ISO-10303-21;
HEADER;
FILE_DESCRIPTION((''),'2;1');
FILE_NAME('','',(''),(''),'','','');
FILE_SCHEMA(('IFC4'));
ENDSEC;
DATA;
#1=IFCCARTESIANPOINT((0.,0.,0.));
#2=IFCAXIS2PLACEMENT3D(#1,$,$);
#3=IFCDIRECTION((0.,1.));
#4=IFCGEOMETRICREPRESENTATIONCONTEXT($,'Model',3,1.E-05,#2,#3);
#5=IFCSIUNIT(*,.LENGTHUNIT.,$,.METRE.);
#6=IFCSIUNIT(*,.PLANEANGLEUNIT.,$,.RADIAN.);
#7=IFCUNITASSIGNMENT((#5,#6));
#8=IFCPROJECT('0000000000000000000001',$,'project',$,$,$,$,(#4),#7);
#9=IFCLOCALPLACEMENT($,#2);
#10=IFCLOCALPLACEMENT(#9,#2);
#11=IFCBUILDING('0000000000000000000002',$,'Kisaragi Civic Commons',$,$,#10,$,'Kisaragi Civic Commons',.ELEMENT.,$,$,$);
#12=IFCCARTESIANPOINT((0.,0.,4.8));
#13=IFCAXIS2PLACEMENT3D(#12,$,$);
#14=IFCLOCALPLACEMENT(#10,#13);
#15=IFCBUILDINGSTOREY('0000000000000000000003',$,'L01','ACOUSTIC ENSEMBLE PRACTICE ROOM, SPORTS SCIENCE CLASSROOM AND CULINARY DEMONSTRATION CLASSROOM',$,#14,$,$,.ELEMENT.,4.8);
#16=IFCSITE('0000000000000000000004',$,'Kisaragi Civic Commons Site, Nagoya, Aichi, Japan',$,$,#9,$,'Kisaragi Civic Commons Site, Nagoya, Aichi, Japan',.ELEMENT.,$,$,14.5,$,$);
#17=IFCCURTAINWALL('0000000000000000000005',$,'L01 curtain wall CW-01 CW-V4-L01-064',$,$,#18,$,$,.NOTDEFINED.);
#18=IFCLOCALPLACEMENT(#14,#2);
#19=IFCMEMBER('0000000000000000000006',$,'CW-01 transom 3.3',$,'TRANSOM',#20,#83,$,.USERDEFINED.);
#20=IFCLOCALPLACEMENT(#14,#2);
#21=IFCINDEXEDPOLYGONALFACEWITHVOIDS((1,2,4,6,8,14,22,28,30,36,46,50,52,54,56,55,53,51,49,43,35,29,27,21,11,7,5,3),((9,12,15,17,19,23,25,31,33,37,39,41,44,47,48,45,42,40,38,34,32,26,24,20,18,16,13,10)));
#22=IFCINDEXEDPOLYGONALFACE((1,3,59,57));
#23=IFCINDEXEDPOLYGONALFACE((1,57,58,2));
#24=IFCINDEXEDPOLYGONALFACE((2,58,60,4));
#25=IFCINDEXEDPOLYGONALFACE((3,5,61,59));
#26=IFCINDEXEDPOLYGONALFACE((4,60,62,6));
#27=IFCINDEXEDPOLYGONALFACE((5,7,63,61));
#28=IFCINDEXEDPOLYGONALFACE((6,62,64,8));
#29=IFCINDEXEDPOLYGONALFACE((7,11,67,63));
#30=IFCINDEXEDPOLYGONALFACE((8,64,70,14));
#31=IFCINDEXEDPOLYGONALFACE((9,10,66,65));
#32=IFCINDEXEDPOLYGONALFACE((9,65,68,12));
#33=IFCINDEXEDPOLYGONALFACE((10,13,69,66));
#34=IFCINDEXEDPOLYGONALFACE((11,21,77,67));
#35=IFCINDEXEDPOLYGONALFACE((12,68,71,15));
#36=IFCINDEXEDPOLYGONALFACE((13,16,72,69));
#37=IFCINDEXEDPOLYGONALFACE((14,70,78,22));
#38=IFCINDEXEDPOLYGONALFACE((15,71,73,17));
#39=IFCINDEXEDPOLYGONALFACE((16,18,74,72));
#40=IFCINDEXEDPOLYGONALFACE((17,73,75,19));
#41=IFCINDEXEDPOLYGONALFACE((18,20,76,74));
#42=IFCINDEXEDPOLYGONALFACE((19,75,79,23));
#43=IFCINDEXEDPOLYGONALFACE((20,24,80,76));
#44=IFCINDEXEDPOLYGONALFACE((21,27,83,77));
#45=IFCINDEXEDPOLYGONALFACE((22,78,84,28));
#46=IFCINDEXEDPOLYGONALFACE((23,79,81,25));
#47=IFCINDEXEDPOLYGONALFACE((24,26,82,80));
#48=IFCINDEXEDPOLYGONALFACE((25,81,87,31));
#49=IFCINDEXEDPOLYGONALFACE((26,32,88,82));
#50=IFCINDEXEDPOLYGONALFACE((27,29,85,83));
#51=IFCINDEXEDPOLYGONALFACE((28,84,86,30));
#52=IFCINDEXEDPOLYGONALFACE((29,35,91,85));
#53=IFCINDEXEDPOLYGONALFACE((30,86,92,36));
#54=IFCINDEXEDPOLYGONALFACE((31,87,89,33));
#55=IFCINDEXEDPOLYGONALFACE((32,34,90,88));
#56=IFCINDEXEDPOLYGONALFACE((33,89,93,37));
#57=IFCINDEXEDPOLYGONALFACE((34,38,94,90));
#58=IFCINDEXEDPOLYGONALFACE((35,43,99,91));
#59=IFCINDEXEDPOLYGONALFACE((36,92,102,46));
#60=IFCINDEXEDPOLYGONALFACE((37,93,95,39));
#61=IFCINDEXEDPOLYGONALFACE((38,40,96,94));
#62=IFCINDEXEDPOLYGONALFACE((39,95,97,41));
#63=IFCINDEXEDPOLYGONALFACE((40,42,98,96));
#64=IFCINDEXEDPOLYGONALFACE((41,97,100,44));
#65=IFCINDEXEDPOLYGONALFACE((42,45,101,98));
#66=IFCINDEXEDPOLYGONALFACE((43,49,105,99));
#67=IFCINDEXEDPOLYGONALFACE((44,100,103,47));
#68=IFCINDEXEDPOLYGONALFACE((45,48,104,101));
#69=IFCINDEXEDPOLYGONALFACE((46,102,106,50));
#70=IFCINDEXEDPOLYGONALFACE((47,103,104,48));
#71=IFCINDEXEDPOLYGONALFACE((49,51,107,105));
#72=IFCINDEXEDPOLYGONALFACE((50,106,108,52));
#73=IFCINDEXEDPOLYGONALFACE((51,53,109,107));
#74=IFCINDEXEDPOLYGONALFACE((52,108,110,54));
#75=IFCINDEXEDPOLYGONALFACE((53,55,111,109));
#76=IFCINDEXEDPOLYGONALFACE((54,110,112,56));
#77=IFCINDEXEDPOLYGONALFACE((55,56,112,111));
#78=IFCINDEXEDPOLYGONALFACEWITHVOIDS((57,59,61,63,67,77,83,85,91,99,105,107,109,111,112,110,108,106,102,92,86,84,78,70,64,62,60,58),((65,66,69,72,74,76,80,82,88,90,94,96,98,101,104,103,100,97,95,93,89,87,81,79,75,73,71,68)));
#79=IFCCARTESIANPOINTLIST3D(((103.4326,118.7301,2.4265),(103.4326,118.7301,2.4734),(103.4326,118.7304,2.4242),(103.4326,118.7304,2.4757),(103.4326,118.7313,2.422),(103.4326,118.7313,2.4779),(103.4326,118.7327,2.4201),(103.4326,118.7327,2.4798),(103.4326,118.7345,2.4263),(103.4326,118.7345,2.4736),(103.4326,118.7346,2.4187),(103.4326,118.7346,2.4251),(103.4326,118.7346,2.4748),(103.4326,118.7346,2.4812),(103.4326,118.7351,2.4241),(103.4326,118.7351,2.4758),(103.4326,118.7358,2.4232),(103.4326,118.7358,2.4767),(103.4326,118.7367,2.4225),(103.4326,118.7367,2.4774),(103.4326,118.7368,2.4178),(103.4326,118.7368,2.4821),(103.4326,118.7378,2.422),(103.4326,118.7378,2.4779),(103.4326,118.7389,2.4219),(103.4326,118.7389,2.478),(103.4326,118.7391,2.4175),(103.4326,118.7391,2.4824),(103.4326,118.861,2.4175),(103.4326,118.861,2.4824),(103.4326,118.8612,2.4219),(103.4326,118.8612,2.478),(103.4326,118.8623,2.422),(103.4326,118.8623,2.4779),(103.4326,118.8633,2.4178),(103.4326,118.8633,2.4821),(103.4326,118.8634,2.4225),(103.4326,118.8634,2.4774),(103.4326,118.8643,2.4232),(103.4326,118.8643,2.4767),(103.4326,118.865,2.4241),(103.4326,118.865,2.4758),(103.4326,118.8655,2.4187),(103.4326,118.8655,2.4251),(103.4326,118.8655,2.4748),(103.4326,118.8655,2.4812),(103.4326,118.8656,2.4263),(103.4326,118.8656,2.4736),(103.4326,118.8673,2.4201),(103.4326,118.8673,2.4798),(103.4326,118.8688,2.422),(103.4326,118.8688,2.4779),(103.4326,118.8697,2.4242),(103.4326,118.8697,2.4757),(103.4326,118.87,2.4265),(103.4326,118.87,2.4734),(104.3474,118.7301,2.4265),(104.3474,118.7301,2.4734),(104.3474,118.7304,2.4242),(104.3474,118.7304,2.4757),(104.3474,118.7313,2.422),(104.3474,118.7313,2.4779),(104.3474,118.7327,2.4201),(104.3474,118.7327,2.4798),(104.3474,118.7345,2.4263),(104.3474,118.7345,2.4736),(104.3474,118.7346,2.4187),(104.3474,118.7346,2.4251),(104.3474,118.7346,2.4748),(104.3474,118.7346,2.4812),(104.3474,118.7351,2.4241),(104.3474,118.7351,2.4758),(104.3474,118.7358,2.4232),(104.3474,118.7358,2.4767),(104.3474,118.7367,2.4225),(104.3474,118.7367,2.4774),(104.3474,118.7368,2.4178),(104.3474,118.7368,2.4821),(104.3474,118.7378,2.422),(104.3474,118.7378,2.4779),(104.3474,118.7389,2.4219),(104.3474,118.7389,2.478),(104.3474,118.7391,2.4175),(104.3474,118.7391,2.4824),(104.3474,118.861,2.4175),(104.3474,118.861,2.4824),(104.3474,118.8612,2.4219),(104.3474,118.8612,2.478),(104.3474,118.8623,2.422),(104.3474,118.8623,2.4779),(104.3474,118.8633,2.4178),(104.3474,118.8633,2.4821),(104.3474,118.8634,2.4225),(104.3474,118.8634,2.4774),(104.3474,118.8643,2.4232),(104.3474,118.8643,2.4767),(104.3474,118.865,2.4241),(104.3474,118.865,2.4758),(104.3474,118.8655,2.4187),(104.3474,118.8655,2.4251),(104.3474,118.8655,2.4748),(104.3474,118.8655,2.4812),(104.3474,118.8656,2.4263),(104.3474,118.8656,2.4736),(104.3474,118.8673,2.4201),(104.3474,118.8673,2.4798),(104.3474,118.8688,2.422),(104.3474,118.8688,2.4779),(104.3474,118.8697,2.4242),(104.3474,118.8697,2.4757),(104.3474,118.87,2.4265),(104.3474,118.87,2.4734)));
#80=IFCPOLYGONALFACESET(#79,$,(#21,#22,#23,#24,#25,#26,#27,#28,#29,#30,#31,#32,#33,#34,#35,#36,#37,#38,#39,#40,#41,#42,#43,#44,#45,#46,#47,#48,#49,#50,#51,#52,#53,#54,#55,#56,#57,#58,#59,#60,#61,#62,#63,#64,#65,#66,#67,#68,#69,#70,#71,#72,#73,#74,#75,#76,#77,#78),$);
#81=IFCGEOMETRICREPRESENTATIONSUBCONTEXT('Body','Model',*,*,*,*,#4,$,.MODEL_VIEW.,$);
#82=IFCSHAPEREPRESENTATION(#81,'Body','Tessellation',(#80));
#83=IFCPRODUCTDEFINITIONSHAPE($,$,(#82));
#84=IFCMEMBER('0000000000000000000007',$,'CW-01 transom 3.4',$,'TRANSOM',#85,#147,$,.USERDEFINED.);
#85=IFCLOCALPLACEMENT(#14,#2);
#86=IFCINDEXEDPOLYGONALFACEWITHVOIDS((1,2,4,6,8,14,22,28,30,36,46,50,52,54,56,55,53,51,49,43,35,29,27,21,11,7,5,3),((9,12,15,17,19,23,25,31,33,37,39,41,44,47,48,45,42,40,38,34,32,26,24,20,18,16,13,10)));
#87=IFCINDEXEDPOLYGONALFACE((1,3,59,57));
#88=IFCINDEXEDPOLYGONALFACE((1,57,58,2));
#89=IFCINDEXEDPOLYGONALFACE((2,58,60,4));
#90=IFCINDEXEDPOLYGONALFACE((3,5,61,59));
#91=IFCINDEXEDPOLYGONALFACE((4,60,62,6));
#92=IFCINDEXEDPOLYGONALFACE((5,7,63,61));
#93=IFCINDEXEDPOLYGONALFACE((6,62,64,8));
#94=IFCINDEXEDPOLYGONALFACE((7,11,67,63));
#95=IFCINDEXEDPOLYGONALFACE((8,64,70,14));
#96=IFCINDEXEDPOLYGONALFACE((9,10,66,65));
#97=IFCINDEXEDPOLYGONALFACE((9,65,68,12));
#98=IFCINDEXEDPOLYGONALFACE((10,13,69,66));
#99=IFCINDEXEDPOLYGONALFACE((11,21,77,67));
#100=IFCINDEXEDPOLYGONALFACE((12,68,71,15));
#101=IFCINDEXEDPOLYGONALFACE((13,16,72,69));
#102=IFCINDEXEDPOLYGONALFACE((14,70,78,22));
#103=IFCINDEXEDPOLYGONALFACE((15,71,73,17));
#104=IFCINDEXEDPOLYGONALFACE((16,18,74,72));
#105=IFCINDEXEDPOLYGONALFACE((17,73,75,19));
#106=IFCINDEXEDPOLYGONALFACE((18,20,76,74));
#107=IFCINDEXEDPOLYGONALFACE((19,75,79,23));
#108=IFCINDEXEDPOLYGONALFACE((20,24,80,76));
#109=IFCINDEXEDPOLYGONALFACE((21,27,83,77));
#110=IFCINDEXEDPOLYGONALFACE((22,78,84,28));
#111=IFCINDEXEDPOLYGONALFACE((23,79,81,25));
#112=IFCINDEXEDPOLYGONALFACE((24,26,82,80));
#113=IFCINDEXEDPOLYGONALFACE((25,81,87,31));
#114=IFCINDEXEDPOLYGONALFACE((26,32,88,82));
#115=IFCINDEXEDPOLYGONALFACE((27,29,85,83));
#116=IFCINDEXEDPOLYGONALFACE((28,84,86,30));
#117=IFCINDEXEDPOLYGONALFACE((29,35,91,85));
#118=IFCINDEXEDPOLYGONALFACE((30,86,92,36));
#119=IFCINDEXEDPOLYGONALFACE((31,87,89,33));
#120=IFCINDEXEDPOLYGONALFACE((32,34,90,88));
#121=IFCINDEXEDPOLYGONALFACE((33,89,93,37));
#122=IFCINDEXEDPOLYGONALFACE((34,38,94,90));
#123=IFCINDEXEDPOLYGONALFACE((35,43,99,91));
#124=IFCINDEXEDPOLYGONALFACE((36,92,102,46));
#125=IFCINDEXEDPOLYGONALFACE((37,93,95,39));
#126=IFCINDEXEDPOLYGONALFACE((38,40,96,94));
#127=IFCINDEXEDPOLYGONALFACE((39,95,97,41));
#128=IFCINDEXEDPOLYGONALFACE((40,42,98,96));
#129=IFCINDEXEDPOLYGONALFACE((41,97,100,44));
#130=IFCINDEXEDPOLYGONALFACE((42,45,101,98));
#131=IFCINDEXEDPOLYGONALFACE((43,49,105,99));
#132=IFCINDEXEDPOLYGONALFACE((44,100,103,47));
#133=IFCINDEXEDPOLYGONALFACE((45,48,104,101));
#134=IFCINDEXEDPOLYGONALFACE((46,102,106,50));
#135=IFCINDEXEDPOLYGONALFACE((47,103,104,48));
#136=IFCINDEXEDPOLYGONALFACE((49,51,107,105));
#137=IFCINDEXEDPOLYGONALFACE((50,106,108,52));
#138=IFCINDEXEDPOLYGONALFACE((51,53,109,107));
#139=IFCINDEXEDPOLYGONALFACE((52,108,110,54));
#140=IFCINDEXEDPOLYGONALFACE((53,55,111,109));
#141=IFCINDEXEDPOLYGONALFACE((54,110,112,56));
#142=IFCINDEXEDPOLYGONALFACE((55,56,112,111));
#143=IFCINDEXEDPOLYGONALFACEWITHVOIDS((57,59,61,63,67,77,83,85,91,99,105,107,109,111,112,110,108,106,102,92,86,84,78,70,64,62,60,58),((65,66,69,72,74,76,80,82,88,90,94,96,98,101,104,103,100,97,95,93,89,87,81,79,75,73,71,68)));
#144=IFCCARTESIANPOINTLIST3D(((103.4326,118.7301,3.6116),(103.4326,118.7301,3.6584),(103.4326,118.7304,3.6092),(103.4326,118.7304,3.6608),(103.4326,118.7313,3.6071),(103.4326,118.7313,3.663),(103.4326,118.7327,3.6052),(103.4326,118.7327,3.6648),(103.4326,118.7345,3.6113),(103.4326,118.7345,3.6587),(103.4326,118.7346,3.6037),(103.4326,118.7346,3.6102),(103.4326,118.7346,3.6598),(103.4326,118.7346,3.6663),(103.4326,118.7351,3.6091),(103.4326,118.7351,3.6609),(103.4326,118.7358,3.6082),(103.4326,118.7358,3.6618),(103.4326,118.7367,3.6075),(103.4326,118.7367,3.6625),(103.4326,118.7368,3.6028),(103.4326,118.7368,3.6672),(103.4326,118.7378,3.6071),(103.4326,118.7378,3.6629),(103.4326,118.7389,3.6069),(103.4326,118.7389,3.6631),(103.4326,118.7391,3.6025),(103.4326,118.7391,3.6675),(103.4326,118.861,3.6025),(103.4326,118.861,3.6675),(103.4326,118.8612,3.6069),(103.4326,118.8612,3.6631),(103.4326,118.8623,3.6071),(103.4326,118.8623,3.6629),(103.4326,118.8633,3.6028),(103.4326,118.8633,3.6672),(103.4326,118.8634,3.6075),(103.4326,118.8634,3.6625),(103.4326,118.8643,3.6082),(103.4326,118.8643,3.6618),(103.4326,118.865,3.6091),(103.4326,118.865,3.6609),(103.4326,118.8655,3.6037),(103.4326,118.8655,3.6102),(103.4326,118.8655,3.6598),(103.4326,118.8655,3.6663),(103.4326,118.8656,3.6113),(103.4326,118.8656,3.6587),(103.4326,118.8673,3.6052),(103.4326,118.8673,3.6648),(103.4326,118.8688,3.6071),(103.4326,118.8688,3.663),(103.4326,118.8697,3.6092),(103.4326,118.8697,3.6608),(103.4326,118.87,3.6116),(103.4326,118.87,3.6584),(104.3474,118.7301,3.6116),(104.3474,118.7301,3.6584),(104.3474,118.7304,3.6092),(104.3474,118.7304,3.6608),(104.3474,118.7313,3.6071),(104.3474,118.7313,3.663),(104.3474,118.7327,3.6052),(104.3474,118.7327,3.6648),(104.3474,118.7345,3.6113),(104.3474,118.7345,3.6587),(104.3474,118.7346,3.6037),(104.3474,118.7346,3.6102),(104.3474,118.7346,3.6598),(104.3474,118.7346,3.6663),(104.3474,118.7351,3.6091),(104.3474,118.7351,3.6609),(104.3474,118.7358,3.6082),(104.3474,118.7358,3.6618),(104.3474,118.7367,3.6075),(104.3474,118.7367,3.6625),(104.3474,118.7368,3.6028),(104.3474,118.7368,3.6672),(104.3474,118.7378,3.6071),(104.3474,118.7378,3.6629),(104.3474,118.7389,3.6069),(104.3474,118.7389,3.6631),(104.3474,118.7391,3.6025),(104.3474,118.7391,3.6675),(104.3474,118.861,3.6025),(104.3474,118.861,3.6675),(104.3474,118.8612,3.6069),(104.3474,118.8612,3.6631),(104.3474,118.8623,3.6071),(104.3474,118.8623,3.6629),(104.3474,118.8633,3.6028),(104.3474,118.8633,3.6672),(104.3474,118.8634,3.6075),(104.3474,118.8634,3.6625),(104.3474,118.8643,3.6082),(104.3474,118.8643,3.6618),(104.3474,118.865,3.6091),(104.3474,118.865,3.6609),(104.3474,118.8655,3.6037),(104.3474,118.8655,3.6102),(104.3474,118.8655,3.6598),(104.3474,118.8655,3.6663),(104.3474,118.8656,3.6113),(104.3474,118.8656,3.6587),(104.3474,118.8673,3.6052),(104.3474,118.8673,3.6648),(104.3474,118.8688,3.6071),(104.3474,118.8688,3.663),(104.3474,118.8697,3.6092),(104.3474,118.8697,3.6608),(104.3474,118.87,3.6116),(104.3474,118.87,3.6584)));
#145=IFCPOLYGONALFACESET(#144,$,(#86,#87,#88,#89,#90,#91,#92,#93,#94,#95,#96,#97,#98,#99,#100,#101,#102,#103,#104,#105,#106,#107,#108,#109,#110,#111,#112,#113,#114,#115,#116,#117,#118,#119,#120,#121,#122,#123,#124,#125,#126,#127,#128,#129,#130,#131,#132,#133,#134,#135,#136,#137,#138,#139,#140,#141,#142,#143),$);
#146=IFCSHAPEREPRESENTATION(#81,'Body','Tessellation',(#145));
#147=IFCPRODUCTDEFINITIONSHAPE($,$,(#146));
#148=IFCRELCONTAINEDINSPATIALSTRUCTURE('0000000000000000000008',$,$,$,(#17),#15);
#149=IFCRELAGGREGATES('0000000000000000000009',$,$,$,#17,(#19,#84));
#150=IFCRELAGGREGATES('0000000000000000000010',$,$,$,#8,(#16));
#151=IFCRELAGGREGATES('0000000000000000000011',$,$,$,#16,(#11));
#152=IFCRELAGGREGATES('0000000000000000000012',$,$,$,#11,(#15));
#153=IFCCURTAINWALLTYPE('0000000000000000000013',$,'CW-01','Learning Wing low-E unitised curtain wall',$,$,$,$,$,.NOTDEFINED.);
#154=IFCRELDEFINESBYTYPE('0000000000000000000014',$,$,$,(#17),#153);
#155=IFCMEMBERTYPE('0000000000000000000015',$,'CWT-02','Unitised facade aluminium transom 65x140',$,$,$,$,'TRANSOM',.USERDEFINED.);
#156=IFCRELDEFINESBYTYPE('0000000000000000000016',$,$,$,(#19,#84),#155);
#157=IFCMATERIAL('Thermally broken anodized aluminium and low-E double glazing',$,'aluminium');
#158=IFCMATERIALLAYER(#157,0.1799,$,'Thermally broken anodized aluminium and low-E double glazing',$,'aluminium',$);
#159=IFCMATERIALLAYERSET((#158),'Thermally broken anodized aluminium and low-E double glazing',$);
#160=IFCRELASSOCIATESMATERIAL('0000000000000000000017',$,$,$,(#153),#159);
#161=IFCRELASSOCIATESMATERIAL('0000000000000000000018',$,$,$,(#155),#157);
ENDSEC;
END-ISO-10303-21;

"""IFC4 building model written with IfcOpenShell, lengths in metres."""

from ifc_helpers import new_model, si_unit, direction, frame, origin, origin_2d, place, context, subcontext, project, spatial, hollow_rectangle, extrude, material, layer, layer_set, material_profile, profile_set, type_object, element, aggregate, save


model = new_model("IFC4")

# Units and contexts
model_context = context("Model", 3, precision=1e-05, world=origin(), true_north=direction((0.0, 1.0)))
body_context = subcontext(model_context, "Body", "Model", "MODEL_VIEW")
ifc_project = project(units=[si_unit("LENGTHUNIT", "METRE"), si_unit("PLANEANGLEUNIT", "RADIAN")], contexts=[model_context])

# Site, building, storey
site_placement = place(None, origin())
site = spatial("IfcSite", under=ifc_project, at=site_placement, Name="Kisaragi Civic Commons Site, Nagoya, Aichi, Japan", LongName="Kisaragi Civic Commons Site, Nagoya, Aichi, Japan", CompositionType="ELEMENT", RefElevation=14.5)
building_placement = place(site_placement, origin())
building = spatial("IfcBuilding", under=site, at=building_placement, Name="Kisaragi Civic Commons", LongName="Kisaragi Civic Commons", CompositionType="ELEMENT")
storey_placement = place(building_placement, frame((0.0, 0.0, 4.8)))
storey = spatial("IfcBuildingStorey", under=building, at=storey_placement, Name="L01", Description="ACOUSTIC ENSEMBLE PRACTICE ROOM, SPORTS SCIENCE CLASSROOM AND CULINARY DEMONSTRATION CLASSROOM", CompositionType="ELEMENT", Elevation=4.8)

# Curtain wall, members
ifc_material_1 = material(Name="Thermally broken anodized aluminium and low-E double glazing", Category="aluminium")
ifc_layer_1 = layer(ifc_material_1, 0.1799, Name="Thermally broken anodized aluminium and low-E double glazing", Category="aluminium")
ifc_layer_set_1 = layer_set([ifc_layer_1], Name="Thermally broken anodized aluminium and low-E double glazing")
curtain_wall_type = type_object("IfcCurtainWallType", Name="CW-01", Description="Learning Wing low-E unitised curtain wall", PredefinedType="NOTDEFINED", material=ifc_layer_set_1)
curtain_wall_placement = place(storey_placement, origin())
curtain_wall = element("IfcCurtainWall", 1, at=curtain_wall_placement, inside=storey, type_object=curtain_wall_type, Name="L01 curtain wall CW-01 CW-V4-L01-064", PredefinedType="NOTDEFINED")
ifc_material_profile_1 = material_profile(ifc_material_1, hollow_rectangle(XDim=0.1399, YDim=0.0649, WallThickness=0.0044, InnerFilletRadius=0.0044, OuterFilletRadius=0.009, at=origin_2d()), Name="CWT-65x140x4.5", Category="aluminium")
ifc_profile_set_1 = profile_set([ifc_material_profile_1], Name="Thermally broken anodized aluminium and low-E double glazing")
member_type_1 = type_object("IfcMemberType", Name="CWT-02", Description="Unitised facade aluminium transom 65x140", ElementType="TRANSOM", PredefinedType="USERDEFINED", material=ifc_profile_set_1)
member_1_placement = place(storey_placement, frame((103.4326, 118.8, 2.45), z_axis=(1.0, 0.0, 0.0), x_axis=(0.0, 1.0, 0.0)))
member_1 = element("IfcMember", 2, at=member_1_placement, type_object=member_type_1, Name="CW-01 transom 3.3", ObjectType="TRANSOM", PredefinedType="USERDEFINED", context=body_context, shape_type="SweptSolid", body=[
    extrude(hollow_rectangle(XDim=0.1399, YDim=0.0649, WallThickness=0.0044, InnerFilletRadius=0.0044, OuterFilletRadius=0.009, at=origin_2d()), origin(), (0.0, 0.0, 1.0), 0.9148),
])
member_2_placement = place(storey_placement, frame((103.4326, 118.8, 3.635), z_axis=(1.0, 0.0, 0.0), x_axis=(0.0, 1.0, 0.0)))
member_2 = element("IfcMember", 3, at=member_2_placement, type_object=member_type_1, Name="CW-01 transom 3.4", ObjectType="TRANSOM", PredefinedType="USERDEFINED", context=body_context, shape_type="SweptSolid", body=[
    extrude(hollow_rectangle(XDim=0.1399, YDim=0.0649, WallThickness=0.0044, InnerFilletRadius=0.0044, OuterFilletRadius=0.009, at=origin_2d()), origin(), (0.0, 0.0, 1.0), 0.9148),
])

aggregate(curtain_wall, [member_1, member_2])

save(model, "model.ifc")
